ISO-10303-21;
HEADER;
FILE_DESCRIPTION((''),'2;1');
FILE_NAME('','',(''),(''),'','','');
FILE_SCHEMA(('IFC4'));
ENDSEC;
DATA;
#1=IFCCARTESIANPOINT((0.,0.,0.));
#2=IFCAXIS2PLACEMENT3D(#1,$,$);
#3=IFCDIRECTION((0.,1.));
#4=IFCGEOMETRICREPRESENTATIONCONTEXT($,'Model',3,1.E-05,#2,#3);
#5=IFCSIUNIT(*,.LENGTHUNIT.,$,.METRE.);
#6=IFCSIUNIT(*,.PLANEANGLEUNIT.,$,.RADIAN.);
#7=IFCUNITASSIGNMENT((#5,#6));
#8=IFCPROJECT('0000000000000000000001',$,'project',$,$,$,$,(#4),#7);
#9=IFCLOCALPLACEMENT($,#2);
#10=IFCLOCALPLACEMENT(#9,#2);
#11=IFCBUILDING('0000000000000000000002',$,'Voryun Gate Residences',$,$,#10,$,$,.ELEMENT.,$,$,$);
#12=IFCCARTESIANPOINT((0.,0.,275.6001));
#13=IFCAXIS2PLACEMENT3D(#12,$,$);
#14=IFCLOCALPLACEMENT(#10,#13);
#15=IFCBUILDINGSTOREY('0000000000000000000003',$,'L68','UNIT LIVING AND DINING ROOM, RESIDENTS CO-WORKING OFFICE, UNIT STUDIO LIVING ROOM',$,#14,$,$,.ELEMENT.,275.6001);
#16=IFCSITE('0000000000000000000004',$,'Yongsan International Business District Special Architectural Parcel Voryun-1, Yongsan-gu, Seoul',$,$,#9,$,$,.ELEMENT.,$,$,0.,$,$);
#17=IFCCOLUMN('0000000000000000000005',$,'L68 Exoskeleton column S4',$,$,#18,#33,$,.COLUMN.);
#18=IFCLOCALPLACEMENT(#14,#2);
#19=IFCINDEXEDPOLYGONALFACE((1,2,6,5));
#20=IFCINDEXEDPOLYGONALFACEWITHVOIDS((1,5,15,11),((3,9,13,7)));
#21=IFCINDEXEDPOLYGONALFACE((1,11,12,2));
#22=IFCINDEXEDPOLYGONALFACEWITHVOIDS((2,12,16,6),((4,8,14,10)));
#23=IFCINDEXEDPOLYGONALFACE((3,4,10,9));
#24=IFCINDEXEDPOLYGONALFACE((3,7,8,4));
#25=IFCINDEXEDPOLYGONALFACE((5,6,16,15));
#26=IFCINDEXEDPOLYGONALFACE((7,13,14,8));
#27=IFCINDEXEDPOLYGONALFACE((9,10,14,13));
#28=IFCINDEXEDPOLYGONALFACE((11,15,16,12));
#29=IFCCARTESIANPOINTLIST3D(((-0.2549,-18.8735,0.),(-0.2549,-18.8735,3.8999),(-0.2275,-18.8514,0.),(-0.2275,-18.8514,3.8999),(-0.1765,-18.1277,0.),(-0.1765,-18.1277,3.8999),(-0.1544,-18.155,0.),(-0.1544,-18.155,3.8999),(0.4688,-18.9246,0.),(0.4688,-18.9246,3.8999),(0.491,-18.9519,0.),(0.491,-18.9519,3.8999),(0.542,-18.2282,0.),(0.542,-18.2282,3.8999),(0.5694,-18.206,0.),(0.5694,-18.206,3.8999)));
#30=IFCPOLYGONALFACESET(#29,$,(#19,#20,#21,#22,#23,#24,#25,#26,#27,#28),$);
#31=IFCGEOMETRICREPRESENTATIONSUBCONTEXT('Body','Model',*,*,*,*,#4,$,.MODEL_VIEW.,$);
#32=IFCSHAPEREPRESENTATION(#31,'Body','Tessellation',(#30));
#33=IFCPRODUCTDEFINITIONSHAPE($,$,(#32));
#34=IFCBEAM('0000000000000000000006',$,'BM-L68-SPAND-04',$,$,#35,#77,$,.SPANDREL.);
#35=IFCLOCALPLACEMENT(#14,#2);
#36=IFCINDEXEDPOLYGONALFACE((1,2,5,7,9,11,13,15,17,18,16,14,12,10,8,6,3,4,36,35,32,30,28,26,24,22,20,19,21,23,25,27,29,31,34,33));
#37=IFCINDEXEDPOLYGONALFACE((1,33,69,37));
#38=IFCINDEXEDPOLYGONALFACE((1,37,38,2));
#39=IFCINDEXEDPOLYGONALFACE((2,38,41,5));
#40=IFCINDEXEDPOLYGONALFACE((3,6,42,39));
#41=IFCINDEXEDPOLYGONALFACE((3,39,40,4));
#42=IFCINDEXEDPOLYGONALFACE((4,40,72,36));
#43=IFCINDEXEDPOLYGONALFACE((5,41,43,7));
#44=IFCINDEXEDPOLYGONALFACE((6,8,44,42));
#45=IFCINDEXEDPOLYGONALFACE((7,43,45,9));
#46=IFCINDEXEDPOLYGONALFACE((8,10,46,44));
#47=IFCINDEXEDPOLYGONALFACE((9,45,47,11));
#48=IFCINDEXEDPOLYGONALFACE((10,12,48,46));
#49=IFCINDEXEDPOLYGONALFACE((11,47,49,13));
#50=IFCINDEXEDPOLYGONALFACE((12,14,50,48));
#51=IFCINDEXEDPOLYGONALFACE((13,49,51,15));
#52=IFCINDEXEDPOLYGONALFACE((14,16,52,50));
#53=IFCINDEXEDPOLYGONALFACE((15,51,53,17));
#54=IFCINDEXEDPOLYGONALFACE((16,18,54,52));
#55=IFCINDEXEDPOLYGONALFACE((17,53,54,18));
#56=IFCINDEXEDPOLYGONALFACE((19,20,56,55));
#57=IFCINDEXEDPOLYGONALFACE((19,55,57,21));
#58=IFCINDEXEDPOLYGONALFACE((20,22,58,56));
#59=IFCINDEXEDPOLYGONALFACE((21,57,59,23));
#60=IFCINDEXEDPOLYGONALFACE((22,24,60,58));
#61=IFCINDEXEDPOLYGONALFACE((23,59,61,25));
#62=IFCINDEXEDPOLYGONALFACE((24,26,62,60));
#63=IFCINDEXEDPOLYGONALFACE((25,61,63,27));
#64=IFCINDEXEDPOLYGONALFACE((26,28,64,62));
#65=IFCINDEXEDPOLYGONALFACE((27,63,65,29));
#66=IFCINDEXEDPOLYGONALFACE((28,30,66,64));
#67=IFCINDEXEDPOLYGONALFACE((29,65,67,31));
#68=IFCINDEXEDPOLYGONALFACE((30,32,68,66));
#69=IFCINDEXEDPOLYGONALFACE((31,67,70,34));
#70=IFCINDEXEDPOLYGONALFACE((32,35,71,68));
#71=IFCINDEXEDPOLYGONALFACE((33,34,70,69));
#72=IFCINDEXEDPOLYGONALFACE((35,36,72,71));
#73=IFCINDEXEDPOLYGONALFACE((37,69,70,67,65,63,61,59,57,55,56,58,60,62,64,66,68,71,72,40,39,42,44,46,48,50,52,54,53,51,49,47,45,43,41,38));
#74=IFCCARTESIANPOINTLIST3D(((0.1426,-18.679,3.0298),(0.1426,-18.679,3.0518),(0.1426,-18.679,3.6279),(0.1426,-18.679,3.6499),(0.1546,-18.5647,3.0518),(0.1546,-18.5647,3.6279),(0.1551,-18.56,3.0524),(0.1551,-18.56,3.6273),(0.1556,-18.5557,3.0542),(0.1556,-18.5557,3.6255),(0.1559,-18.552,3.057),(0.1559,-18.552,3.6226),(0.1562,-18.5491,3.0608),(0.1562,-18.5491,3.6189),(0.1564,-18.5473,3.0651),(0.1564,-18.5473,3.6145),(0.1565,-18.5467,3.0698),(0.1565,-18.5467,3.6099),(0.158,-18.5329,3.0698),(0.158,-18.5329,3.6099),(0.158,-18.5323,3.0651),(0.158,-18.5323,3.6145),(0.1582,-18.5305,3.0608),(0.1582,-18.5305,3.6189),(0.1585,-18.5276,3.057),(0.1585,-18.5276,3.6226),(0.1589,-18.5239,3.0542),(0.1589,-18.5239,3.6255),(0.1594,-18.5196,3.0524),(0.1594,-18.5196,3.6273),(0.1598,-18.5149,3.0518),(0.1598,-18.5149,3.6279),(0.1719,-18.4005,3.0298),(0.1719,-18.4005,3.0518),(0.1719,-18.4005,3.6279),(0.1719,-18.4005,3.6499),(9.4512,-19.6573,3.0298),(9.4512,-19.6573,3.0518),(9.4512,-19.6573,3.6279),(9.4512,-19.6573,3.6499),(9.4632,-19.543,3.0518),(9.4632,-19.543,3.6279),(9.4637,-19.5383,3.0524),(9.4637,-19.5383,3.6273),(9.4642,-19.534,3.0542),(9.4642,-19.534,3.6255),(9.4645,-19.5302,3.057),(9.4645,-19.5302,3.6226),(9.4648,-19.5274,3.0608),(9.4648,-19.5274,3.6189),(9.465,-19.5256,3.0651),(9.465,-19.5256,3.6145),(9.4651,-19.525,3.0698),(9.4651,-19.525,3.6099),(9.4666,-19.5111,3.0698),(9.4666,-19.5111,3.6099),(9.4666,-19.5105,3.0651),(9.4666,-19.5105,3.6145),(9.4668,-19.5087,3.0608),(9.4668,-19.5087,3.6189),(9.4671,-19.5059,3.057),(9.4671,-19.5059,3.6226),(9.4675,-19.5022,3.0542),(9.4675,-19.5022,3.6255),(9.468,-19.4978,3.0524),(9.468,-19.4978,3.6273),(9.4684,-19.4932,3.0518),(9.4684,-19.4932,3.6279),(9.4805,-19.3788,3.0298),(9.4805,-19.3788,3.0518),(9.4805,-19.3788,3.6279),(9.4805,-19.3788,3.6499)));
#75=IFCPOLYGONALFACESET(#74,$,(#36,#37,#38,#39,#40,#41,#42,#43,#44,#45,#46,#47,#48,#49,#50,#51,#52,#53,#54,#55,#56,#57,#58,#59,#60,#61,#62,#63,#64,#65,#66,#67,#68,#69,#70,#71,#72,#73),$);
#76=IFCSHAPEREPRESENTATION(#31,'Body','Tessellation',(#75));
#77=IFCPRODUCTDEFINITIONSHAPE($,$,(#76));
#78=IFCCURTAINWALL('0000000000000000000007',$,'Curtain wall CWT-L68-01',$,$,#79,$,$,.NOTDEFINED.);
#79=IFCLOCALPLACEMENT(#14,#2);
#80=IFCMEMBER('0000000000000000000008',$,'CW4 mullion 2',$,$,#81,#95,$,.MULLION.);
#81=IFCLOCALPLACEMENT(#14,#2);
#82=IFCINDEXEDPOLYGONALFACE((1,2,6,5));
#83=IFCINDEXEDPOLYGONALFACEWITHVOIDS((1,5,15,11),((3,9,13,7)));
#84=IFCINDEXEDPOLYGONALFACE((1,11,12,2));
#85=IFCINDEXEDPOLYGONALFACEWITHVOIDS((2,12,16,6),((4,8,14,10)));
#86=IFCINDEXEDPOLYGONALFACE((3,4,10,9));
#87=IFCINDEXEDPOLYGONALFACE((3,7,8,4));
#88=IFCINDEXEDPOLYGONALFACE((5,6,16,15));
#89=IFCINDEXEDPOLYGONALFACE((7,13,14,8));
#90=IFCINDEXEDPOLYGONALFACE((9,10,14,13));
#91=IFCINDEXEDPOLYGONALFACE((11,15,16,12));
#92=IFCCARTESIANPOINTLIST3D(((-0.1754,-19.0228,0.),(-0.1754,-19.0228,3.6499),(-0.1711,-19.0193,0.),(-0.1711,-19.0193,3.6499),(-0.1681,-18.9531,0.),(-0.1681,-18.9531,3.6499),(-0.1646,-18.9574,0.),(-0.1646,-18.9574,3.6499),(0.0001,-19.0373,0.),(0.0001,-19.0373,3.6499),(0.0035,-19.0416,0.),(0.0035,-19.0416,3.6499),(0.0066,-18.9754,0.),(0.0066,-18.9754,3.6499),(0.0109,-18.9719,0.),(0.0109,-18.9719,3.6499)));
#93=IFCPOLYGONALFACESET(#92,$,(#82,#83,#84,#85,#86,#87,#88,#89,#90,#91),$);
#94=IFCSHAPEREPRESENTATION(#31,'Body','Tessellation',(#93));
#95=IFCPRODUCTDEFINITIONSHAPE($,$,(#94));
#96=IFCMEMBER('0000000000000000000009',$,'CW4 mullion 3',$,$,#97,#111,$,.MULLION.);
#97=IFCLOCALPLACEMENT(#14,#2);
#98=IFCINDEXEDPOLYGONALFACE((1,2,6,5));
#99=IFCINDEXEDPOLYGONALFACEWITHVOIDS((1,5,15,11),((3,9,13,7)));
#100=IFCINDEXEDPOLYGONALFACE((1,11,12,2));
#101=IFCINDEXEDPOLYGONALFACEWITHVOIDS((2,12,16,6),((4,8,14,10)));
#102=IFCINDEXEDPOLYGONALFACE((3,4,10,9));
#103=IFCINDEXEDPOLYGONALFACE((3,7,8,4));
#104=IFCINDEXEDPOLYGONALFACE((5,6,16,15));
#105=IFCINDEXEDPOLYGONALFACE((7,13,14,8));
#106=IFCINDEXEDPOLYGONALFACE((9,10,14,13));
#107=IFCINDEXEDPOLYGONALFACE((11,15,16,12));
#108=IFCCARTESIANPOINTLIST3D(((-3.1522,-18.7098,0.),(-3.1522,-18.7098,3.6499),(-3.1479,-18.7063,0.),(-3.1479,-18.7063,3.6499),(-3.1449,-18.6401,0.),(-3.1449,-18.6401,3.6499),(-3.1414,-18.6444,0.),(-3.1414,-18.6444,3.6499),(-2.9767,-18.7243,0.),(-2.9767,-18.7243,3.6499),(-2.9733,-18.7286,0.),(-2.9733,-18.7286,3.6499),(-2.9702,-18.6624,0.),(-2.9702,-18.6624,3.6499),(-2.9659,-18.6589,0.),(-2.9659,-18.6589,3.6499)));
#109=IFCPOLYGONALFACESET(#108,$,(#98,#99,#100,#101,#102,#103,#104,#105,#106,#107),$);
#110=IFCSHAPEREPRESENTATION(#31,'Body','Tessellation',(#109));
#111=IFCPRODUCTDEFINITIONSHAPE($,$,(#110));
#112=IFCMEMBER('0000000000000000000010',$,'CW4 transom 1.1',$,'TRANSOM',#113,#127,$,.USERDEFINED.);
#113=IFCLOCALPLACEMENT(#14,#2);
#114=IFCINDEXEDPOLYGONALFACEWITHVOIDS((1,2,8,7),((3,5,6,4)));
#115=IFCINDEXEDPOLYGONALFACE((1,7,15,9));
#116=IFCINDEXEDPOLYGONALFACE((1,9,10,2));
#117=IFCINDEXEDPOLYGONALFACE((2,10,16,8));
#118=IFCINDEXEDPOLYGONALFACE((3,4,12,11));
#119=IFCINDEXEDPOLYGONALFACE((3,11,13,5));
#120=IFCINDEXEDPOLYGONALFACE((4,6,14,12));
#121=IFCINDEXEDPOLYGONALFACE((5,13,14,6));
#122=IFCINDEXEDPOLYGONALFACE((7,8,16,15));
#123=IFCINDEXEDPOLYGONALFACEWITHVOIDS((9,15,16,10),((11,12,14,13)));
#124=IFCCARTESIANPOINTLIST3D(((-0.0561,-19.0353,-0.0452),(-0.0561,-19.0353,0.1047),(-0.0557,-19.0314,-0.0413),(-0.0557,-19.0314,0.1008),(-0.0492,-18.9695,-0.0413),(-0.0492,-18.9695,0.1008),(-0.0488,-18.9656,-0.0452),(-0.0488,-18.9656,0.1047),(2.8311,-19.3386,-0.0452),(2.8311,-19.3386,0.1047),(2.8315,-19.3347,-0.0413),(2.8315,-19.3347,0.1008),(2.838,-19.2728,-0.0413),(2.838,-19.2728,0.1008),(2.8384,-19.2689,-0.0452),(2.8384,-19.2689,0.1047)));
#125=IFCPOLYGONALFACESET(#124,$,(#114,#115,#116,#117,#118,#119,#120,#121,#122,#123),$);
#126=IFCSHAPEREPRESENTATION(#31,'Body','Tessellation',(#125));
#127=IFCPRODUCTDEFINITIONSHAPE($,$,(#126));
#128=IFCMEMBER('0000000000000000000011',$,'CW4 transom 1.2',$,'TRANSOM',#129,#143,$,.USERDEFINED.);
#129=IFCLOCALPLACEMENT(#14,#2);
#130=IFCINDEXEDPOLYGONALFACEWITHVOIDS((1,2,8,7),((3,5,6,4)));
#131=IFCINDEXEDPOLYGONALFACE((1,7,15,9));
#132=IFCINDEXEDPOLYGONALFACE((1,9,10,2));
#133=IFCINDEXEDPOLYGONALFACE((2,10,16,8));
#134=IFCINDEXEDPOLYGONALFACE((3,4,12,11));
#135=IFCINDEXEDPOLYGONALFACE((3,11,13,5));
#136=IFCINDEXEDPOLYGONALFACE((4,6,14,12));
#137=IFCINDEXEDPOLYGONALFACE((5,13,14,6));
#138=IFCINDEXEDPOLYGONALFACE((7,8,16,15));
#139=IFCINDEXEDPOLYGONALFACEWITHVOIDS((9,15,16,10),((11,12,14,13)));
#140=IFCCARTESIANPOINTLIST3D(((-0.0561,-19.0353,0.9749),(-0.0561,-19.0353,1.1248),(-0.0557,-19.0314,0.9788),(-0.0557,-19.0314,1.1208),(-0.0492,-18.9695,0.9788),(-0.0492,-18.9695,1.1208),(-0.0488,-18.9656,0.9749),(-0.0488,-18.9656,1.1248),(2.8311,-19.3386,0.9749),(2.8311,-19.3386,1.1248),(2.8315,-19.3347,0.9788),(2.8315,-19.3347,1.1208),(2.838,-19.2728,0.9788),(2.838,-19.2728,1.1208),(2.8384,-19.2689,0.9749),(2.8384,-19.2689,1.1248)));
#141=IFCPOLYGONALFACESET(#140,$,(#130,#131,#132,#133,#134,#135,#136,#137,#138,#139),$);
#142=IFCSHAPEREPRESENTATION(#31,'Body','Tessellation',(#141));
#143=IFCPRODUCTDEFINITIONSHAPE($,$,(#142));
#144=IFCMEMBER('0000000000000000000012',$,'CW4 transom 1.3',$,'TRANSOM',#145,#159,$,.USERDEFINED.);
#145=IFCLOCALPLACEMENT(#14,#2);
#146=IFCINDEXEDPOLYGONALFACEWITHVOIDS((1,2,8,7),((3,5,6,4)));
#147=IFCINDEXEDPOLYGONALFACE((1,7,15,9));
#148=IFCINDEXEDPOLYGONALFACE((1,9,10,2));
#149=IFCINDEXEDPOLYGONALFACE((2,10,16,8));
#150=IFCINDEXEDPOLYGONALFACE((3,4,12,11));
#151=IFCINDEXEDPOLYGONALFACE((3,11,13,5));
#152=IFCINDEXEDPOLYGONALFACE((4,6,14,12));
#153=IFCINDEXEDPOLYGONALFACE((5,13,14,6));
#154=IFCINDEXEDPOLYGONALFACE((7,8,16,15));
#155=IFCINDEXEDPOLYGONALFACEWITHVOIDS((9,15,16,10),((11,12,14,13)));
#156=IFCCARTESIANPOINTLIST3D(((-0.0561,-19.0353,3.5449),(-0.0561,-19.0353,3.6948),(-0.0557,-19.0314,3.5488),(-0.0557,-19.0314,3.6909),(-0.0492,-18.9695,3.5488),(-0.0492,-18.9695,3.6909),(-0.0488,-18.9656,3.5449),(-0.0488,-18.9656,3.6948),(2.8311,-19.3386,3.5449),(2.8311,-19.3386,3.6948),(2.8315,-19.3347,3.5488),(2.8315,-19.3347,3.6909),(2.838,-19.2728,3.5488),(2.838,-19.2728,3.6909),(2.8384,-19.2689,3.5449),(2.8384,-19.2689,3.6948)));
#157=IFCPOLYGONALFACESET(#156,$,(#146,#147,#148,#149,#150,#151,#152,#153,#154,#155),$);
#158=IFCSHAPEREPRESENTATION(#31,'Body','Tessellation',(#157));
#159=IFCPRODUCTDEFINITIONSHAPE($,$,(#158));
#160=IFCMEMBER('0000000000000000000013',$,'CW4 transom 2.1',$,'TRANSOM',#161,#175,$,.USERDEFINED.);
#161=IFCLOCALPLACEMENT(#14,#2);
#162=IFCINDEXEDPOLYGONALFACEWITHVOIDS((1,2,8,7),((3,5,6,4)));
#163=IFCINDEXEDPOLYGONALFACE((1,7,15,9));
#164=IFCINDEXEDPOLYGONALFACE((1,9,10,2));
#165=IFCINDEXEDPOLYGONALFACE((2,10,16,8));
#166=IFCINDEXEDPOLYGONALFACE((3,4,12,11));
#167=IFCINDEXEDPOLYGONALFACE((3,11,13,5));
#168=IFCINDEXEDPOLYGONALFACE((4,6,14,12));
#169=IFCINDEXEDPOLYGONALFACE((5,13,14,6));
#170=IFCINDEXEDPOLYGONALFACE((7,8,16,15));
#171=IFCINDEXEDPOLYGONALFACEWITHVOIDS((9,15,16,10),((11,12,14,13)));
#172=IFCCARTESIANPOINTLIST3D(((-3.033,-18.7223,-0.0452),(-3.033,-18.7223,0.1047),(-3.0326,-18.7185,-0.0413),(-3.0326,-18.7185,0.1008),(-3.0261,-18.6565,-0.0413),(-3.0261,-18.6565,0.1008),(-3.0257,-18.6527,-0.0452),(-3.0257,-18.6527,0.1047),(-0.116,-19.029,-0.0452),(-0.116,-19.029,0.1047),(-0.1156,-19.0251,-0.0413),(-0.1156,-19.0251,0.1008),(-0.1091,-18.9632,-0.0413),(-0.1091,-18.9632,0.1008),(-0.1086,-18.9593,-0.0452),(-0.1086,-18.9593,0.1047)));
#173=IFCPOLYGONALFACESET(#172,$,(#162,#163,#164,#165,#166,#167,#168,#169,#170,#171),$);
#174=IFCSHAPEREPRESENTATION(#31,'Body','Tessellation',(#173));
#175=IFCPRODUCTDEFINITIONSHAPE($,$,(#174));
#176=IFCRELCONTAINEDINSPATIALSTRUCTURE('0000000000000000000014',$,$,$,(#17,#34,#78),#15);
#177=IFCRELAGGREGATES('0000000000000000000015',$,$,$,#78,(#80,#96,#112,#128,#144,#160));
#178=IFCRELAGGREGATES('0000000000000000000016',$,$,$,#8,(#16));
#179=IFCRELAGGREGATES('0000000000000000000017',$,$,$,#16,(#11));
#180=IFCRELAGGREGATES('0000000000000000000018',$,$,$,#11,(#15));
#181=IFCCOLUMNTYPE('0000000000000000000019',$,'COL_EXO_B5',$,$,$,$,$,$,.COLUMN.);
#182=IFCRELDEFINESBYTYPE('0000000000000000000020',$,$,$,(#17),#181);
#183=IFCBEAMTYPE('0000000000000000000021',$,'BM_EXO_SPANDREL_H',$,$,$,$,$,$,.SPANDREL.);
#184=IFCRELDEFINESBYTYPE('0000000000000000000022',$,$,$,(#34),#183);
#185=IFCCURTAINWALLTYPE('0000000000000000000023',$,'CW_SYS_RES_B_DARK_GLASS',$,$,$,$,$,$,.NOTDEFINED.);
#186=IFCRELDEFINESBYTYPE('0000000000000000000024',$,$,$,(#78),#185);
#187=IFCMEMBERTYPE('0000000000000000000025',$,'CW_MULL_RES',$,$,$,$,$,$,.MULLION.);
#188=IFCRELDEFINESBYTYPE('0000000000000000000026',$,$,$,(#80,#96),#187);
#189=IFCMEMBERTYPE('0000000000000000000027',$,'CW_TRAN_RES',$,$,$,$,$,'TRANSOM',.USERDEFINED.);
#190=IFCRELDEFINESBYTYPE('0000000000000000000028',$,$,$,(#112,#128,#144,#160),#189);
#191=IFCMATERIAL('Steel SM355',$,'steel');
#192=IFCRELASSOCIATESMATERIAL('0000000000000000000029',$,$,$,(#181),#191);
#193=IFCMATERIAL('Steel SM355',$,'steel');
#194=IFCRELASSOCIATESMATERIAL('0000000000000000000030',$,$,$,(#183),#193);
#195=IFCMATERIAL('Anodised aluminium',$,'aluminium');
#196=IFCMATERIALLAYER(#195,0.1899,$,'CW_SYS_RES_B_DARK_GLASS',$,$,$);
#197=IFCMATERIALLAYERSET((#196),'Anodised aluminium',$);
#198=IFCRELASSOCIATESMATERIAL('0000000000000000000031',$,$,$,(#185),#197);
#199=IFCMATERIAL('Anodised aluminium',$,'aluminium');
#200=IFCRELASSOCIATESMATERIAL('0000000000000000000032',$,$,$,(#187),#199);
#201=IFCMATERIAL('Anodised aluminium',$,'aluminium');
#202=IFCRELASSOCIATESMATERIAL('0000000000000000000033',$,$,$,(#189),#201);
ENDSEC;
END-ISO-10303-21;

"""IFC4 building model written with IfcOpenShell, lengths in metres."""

from ifc_helpers import new_model, si_unit, direction, frame, origin, origin_2d, place, context, subcontext, project, spatial, hollow_rectangle, i_section, extrude, material, layer, layer_set, material_profile, profile_set, type_object, element, aggregate, save


model = new_model("IFC4")

# Units and contexts
model_context = context("Model", 3, precision=1e-05, world=origin(), true_north=direction((0.0, 1.0)))
body_context = subcontext(model_context, "Body", "Model", "MODEL_VIEW")
ifc_project = project(units=[si_unit("LENGTHUNIT", "METRE"), si_unit("PLANEANGLEUNIT", "RADIAN")], contexts=[model_context])

# Site, building, storey
site_placement = place(None, origin())
site = spatial("IfcSite", under=ifc_project, at=site_placement, Name="Yongsan International Business District Special Architectural Parcel Voryun-1, Yongsan-gu, Seoul", CompositionType="ELEMENT", RefElevation=0.0)
building_placement = place(site_placement, origin())
building = spatial("IfcBuilding", under=site, at=building_placement, Name="Voryun Gate Residences", CompositionType="ELEMENT")
storey_placement = place(building_placement, frame((0.0, 0.0, 275.6001)))
storey = spatial("IfcBuildingStorey", under=building, at=storey_placement, Name="L68", Description="UNIT LIVING AND DINING ROOM, RESIDENTS CO-WORKING OFFICE, UNIT STUDIO LIVING ROOM", CompositionType="ELEMENT", Elevation=275.6001)

# Column
ifc_material_1 = material(Name="Steel SM355", Category="steel")
ifc_material_profile_1 = material_profile(ifc_material_1, hollow_rectangle(XDim=0.75, YDim=0.75, WallThickness=0.0249, at=origin_2d()), Name="BOX-750x750x25")
ifc_profile_set_1 = profile_set([ifc_material_profile_1], Name="Steel SM355")
column_type = type_object("IfcColumnType", Name="COL_EXO_B5", PredefinedType="COLUMN", material=ifc_profile_set_1)
column_placement = place(storey_placement, frame((0.1572, -18.5398, 0.0), z_axis=(0.0, 0.0, 1.0), x_axis=(0.994522, -0.104528, 0.0)))
element("IfcColumn", 1, at=column_placement, inside=storey, type_object=column_type, Name="L68 Exoskeleton column S4", PredefinedType="COLUMN", context=body_context, shape_type="SweptSolid", body=[
    extrude(hollow_rectangle(XDim=0.75, YDim=0.75, WallThickness=0.0249, at=origin_2d()), origin(), (0.0, 0.0, 1.0), 3.8999),
])

# Beam
ifc_material_2 = material(Name="Steel SM355", Category="steel")
ifc_material_profile_2 = material_profile(ifc_material_2, i_section(OverallWidth=0.28, OverallDepth=0.6201, WebThickness=0.0139, FlangeThickness=0.022, FilletRadius=0.0181, at=origin_2d()), Name="H-620x280x14x22")
ifc_profile_set_2 = profile_set([ifc_material_profile_2], Name="Steel SM355")
beam_type = type_object("IfcBeamType", Name="BM_EXO_SPANDREL_H", PredefinedType="SPANDREL", material=ifc_profile_set_2)
beam_placement = place(storey_placement, frame((0.1572, -18.5398, 3.3398), z_axis=(0.994523, -0.104518, 0.0), x_axis=(0.104518, 0.994523, 0.0)))
element("IfcBeam", 2, at=beam_placement, inside=storey, type_object=beam_type, Name="BM-L68-SPAND-04", PredefinedType="SPANDREL", context=body_context, shape_type="SweptSolid", body=[
    extrude(i_section(OverallWidth=0.28, OverallDepth=0.6201, WebThickness=0.0139, FlangeThickness=0.022, FilletRadius=0.0181, at=origin_2d()), origin(), (0.0, 0.0, 1.0), 9.3599),
])

# Curtain wall, members
ifc_material_3 = material(Name="Anodised aluminium", Category="aluminium")
ifc_layer_1 = layer(ifc_material_3, 0.1899, Name="CW_SYS_RES_B_DARK_GLASS")
ifc_layer_set_1 = layer_set([ifc_layer_1], Name="Anodised aluminium")
curtain_wall_type = type_object("IfcCurtainWallType", Name="CW_SYS_RES_B_DARK_GLASS", PredefinedType="NOTDEFINED", material=ifc_layer_set_1)
curtain_wall_placement = place(storey_placement, origin())
curtain_wall = element("IfcCurtainWall", 3, at=curtain_wall_placement, inside=storey, type_object=curtain_wall_type, Name="Curtain wall CWT-L68-01", PredefinedType="NOTDEFINED")
ifc_material_4 = material(Name="Anodised aluminium", Category="aluminium")
ifc_material_profile_3 = material_profile(ifc_material_4, hollow_rectangle(XDim=0.0701, YDim=0.1799, WallThickness=0.0039, at=origin_2d()), Name="ALU-MULL-180x70x4")
ifc_profile_set_3 = profile_set([ifc_material_profile_3], Name="Anodised aluminium")
member_type_1 = type_object("IfcMemberType", Name="CW_MULL_RES", PredefinedType="MULLION", material=ifc_profile_set_3)
member_1_placement = place(storey_placement, frame((-0.0823, -18.9973, 0.0), z_axis=(0.0, 0.0, 1.0), x_axis=(-0.104529, -0.994522, 0.0)))
member_1 = element("IfcMember", 4, at=member_1_placement, type_object=member_type_1, Name="CW4 mullion 2", PredefinedType="MULLION", context=body_context, shape_type="SweptSolid", body=[
    extrude(hollow_rectangle(XDim=0.0701, YDim=0.1799, WallThickness=0.0039, at=origin_2d()), origin(), (0.0, 0.0, 1.0), 3.6499),
])
member_2_placement = place(storey_placement, frame((-3.0591, -18.6843, 0.0), z_axis=(0.0, 0.0, 1.0), x_axis=(-0.104529, -0.994522, 0.0)))
member_2 = element("IfcMember", 5, at=member_2_placement, type_object=member_type_1, Name="CW4 mullion 3", PredefinedType="MULLION", context=body_context, shape_type="SweptSolid", body=[
    extrude(hollow_rectangle(XDim=0.0701, YDim=0.1799, WallThickness=0.0039, at=origin_2d()), origin(), (0.0, 0.0, 1.0), 3.6499),
])
ifc_material_5 = material(Name="Anodised aluminium", Category="aluminium")
ifc_material_profile_4 = material_profile(ifc_material_5, hollow_rectangle(XDim=0.0701, YDim=0.1499, WallThickness=0.0039, at=origin_2d()), Name="ALU-TRAN-150x70x4")
ifc_profile_set_4 = profile_set([ifc_material_profile_4], Name="Anodised aluminium")
member_type_2 = type_object("IfcMemberType", Name="CW_TRAN_RES", ElementType="TRANSOM", PredefinedType="USERDEFINED", material=ifc_profile_set_4)
member_3_placement = place(storey_placement, frame((2.8347, -19.3037, 0.0298), z_axis=(-0.99453, 0.104448, 0.0), x_axis=(-0.104448, -0.99453, 0.0)))
member_3 = element("IfcMember", 6, at=member_3_placement, type_object=member_type_2, Name="CW4 transom 1.1", ObjectType="TRANSOM", PredefinedType="USERDEFINED", context=body_context, shape_type="SweptSolid", body=[
    extrude(hollow_rectangle(XDim=0.0701, YDim=0.1499, WallThickness=0.0039, at=origin_2d()), origin(), (0.0, 0.0, 1.0), 2.9031),
])
member_4_placement = place(storey_placement, frame((2.8347, -19.3037, 1.0498), z_axis=(-0.99453, 0.104448, 0.0), x_axis=(-0.104448, -0.99453, 0.0)))
member_4 = element("IfcMember", 7, at=member_4_placement, type_object=member_type_2, Name="CW4 transom 1.2", ObjectType="TRANSOM", PredefinedType="USERDEFINED", context=body_context, shape_type="SweptSolid", body=[
    extrude(hollow_rectangle(XDim=0.0701, YDim=0.1499, WallThickness=0.0039, at=origin_2d()), origin(), (0.0, 0.0, 1.0), 2.9031),
])
member_5_placement = place(storey_placement, frame((2.8347, -19.3037, 3.6199), z_axis=(-0.99453, 0.104448, 0.0), x_axis=(-0.104448, -0.99453, 0.0)))
member_5 = element("IfcMember", 8, at=member_5_placement, type_object=member_type_2, Name="CW4 transom 1.3", ObjectType="TRANSOM", PredefinedType="USERDEFINED", context=body_context, shape_type="SweptSolid", body=[
    extrude(hollow_rectangle(XDim=0.0701, YDim=0.1499, WallThickness=0.0039, at=origin_2d()), origin(), (0.0, 0.0, 1.0), 2.9031),
])
member_6_placement = place(storey_placement, frame((-0.1123, -18.9941, 0.0298), z_axis=(-0.99452, 0.104546, 0.0), x_axis=(-0.104546, -0.99452, 0.0)))
member_6 = element("IfcMember", 9, at=member_6_placement, type_object=member_type_2, Name="CW4 transom 2.1", ObjectType="TRANSOM", PredefinedType="USERDEFINED", context=body_context, shape_type="SweptSolid", body=[
    extrude(hollow_rectangle(XDim=0.0701, YDim=0.1499, WallThickness=0.0039, at=origin_2d()), origin(), (0.0, 0.0, 1.0), 2.9331),
])
aggregate(curtain_wall, [member_1, member_2, member_3, member_4, member_5, member_6])

save(model, "model.ifc")
